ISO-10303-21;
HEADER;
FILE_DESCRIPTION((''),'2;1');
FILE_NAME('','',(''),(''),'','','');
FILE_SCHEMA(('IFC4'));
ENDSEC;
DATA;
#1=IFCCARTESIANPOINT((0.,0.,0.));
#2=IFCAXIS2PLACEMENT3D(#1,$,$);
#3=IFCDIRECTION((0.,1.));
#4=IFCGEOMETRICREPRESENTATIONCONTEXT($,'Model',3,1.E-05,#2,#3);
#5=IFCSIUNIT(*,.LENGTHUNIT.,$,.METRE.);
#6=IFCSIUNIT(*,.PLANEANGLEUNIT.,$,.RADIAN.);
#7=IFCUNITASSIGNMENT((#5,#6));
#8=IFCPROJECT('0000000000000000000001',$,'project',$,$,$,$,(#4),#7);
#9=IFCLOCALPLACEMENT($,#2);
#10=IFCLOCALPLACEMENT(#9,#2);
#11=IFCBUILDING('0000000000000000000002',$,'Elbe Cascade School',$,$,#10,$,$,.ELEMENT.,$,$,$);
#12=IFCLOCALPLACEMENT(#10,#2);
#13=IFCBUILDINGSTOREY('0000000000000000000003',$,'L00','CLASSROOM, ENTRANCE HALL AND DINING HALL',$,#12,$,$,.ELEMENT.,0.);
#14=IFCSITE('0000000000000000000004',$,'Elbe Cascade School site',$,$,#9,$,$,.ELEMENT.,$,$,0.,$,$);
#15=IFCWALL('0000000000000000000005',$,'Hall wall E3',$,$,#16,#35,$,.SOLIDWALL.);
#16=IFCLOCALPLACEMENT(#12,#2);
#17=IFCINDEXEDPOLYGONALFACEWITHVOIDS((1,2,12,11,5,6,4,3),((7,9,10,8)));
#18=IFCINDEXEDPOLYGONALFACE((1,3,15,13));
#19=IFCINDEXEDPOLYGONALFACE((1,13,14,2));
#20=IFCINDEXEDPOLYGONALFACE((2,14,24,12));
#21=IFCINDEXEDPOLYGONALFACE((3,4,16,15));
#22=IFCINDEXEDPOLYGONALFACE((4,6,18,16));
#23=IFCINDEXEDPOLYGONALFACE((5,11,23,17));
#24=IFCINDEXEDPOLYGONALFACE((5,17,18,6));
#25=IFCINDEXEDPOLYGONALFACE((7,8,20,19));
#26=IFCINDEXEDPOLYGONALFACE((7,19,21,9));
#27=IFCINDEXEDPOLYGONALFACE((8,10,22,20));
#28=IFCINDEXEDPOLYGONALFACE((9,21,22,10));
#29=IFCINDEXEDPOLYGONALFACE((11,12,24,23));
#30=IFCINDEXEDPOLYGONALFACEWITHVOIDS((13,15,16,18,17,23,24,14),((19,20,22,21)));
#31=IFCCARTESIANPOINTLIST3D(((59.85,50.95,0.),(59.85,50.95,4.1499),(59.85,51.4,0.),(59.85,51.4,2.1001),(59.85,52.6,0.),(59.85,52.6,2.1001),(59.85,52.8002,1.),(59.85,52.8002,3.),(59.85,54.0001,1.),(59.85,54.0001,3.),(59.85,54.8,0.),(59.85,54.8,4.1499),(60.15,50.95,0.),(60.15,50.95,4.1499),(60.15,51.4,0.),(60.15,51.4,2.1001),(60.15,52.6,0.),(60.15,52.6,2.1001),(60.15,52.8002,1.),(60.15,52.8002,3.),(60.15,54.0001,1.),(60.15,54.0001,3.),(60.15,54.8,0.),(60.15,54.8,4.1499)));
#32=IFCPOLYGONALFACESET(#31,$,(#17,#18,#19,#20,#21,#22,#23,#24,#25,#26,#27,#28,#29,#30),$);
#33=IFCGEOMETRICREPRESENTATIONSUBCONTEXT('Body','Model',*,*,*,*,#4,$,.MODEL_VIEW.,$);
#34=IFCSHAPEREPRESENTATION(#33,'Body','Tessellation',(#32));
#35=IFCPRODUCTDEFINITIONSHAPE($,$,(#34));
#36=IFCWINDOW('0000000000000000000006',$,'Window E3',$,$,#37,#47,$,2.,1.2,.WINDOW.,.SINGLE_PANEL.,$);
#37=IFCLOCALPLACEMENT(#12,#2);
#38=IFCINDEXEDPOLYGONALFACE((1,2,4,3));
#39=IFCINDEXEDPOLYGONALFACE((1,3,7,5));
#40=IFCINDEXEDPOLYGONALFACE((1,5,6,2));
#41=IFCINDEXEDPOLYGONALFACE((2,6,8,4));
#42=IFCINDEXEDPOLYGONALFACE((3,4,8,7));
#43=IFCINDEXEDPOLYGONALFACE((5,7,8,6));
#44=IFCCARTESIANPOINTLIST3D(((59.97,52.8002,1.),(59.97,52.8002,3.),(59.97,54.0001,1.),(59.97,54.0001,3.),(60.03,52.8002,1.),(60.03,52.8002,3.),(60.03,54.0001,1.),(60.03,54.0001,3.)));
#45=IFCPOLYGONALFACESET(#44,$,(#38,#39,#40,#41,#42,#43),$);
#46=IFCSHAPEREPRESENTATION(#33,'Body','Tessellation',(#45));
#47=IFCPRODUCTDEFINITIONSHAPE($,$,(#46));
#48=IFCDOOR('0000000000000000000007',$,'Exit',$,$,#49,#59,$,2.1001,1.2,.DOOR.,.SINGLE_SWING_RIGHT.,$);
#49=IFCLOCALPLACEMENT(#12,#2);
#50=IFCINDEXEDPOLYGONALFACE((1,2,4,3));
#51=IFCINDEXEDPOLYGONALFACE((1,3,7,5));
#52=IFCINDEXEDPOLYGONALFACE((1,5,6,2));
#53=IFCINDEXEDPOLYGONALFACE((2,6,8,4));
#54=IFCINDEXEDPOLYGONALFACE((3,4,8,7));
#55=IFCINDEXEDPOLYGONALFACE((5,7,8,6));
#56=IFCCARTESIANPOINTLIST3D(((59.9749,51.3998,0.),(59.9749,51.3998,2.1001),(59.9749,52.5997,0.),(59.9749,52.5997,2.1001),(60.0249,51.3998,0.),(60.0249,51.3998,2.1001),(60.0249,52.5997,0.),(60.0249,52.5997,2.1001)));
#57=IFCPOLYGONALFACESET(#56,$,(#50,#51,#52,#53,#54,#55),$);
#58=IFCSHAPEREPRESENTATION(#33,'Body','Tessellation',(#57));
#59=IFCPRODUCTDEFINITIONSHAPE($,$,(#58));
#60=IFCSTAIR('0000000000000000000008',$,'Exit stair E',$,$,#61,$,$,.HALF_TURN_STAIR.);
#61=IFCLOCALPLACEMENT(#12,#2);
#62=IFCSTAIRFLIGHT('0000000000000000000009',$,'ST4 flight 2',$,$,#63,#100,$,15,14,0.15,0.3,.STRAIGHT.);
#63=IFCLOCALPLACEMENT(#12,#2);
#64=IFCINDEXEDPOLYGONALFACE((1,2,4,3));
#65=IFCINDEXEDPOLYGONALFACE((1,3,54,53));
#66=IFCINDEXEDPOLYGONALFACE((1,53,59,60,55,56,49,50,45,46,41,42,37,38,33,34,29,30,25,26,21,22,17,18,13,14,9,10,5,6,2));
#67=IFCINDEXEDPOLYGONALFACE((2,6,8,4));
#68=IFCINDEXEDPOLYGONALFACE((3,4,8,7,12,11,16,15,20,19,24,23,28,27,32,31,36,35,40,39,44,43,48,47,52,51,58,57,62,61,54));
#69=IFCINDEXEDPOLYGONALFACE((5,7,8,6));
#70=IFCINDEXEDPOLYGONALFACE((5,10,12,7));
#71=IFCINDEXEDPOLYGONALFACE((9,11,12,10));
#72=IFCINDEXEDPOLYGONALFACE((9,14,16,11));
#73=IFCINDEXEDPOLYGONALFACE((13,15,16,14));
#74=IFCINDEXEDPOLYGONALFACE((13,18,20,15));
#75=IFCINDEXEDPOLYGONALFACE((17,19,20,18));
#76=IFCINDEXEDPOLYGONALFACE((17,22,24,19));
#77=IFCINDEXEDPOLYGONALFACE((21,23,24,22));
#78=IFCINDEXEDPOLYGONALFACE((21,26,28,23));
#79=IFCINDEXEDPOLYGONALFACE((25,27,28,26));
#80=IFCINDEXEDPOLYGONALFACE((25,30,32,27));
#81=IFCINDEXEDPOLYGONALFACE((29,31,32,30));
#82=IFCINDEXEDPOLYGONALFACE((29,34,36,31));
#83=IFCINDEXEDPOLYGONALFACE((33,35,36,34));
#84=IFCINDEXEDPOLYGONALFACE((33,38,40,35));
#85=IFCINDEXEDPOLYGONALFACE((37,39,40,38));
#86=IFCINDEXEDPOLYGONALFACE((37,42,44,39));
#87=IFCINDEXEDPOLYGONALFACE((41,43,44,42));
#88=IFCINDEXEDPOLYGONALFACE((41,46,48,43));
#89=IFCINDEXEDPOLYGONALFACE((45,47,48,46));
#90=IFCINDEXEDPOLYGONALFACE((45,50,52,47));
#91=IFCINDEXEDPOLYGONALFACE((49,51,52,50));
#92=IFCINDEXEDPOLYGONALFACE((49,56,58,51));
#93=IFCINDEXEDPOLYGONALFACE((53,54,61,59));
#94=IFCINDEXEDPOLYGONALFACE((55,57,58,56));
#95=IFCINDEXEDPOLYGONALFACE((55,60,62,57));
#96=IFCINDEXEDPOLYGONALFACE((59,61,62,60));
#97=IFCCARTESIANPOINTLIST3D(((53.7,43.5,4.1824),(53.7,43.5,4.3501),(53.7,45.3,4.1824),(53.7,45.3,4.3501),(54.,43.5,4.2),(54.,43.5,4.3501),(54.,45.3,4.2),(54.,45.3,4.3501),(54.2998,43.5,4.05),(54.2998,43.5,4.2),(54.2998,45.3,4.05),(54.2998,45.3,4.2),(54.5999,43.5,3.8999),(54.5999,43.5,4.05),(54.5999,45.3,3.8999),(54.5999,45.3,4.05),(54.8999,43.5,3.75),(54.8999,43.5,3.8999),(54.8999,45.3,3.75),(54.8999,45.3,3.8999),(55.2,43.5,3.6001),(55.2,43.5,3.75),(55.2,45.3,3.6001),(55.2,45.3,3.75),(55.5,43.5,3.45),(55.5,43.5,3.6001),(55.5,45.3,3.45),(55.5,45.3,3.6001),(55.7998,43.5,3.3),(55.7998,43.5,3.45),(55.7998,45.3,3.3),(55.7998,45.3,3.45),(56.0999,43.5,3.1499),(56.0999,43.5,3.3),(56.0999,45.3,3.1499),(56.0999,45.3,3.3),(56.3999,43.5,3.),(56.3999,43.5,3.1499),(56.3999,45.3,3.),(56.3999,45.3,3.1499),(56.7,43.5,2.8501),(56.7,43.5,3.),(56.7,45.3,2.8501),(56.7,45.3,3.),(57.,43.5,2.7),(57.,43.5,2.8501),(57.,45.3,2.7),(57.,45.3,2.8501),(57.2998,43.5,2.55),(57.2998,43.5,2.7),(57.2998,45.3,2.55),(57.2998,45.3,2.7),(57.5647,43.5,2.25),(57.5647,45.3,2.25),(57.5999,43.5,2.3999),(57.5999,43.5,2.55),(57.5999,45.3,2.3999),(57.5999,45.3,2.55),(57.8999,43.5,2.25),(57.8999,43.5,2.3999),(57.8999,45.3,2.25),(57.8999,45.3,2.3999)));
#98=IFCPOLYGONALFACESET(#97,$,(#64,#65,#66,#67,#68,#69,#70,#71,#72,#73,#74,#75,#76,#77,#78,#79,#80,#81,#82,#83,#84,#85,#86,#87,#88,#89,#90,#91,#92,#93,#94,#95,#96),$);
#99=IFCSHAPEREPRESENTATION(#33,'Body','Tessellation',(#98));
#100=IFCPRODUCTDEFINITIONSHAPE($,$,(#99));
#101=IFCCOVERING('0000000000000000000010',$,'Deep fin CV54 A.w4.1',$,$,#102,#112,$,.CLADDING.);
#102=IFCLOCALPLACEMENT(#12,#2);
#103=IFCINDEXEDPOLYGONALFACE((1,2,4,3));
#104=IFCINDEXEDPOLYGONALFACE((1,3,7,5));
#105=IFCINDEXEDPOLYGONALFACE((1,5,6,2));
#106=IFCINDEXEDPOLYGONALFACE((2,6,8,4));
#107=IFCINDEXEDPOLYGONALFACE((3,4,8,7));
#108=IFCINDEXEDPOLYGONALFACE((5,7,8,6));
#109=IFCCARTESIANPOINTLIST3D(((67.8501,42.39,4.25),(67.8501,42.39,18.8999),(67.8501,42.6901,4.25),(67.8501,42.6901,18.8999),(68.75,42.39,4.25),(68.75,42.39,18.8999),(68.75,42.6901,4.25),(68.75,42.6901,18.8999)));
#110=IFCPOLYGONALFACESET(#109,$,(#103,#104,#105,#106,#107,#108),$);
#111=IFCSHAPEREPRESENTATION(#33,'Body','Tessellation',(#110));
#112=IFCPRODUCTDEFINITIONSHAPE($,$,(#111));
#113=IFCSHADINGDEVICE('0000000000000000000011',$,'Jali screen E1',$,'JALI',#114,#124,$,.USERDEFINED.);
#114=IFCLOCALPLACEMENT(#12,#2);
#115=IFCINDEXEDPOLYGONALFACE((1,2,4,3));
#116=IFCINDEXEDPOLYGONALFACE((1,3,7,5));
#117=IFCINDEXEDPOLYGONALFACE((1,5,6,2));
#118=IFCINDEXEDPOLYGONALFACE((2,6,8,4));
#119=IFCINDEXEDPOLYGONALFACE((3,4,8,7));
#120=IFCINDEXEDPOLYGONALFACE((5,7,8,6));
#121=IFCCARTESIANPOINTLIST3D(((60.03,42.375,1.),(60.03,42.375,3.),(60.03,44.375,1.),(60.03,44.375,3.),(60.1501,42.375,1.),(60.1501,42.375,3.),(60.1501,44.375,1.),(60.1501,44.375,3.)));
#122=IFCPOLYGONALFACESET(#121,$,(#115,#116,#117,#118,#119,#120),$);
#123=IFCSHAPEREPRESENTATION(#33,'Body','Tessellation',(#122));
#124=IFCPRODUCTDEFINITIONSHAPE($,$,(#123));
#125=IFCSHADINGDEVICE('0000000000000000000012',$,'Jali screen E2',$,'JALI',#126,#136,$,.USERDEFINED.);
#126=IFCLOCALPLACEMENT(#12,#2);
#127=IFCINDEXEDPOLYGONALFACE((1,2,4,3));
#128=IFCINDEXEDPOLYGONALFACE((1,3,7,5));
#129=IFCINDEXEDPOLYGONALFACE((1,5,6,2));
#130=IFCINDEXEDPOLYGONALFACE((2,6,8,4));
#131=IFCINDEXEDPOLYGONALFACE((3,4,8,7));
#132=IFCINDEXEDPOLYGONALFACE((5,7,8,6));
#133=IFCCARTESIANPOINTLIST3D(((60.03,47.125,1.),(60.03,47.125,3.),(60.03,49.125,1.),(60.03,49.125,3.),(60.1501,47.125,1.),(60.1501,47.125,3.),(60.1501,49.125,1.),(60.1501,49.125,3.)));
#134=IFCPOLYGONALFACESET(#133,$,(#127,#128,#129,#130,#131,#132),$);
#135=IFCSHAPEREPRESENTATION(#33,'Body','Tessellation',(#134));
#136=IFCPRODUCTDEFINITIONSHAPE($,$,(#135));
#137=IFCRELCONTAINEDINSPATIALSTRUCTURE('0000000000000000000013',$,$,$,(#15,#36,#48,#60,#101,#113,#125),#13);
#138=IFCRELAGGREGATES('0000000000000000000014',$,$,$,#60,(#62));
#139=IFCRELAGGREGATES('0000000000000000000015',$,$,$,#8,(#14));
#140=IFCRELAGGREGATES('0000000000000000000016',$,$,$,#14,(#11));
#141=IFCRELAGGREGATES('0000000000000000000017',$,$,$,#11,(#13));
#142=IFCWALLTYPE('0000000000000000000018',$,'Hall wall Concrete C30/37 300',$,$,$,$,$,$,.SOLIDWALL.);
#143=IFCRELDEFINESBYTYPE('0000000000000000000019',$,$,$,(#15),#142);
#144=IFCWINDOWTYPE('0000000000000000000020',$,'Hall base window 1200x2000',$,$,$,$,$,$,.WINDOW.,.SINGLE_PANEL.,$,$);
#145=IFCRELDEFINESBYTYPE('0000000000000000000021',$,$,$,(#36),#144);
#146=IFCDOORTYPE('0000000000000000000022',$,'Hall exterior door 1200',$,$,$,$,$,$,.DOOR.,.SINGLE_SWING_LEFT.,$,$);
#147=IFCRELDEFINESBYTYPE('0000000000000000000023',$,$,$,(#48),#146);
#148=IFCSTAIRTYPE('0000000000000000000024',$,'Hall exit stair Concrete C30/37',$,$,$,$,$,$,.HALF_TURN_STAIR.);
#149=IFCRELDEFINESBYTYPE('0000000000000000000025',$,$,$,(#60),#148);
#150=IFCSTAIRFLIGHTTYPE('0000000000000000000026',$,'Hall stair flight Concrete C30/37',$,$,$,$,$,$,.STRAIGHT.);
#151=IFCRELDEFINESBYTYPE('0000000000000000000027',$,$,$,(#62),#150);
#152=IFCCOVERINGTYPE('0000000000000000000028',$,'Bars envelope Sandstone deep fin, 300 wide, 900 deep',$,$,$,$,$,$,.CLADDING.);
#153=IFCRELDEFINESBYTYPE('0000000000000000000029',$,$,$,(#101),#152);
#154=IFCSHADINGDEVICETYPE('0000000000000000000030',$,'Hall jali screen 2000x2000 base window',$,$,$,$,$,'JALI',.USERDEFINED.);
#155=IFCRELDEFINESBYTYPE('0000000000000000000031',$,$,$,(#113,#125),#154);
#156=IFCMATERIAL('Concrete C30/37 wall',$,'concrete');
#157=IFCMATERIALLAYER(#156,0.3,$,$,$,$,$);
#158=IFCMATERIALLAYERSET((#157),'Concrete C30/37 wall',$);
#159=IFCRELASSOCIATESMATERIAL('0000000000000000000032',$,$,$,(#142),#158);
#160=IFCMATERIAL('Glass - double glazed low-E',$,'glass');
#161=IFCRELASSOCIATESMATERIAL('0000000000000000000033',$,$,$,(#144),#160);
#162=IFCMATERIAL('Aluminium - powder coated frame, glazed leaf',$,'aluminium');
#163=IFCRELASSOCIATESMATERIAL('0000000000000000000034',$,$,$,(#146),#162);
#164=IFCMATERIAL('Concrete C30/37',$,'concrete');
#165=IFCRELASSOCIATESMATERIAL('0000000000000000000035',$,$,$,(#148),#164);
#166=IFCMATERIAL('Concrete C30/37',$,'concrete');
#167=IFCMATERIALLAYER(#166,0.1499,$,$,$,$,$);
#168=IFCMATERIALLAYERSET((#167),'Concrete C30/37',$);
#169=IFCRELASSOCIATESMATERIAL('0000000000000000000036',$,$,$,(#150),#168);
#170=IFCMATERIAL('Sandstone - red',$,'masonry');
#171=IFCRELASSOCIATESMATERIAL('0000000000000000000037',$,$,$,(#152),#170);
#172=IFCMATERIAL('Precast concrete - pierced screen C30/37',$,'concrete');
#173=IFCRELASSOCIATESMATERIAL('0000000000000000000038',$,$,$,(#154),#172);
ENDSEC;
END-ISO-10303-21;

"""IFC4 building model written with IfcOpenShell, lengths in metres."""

from ifc_helpers import new_model, si_unit, direction, frame, frame_2d, origin, origin_2d, place, context, subcontext, project, spatial, polyline, rectangle, outline, extrude, material, layer, layer_set, type_object, element, fill, aggregate, save


model = new_model("IFC4")

# Units and contexts
model_context = context("Model", 3, precision=1e-05, world=origin(), true_north=direction((0.0, 1.0)))
body_context = subcontext(model_context, "Body", "Model", "MODEL_VIEW")
ifc_project = project(units=[si_unit("LENGTHUNIT", "METRE"), si_unit("PLANEANGLEUNIT", "RADIAN")], contexts=[model_context])

# Site, building, storey
site_placement = place(None, origin())
site = spatial("IfcSite", under=ifc_project, at=site_placement, Name="Elbe Cascade School site", CompositionType="ELEMENT", RefElevation=0.0)
building_placement = place(site_placement, origin())
building = spatial("IfcBuilding", under=site, at=building_placement, Name="Elbe Cascade School", CompositionType="ELEMENT")
storey_placement = place(building_placement, origin())
storey = spatial("IfcBuildingStorey", under=building, at=storey_placement, Name="L00", Description="CLASSROOM, ENTRANCE HALL AND DINING HALL", CompositionType="ELEMENT", Elevation=0.0)

# Shared definitions
ifc_material_1 = material(Name="Concrete C30/37 wall", Category="concrete")
ifc_layer_1 = layer(ifc_material_1, 0.3)
ifc_layer_set_1 = layer_set([ifc_layer_1], Name="Concrete C30/37 wall")
wall_type = type_object("IfcWallType", Name="Hall wall Concrete C30/37 300", PredefinedType="SOLIDWALL", material=ifc_layer_set_1)

# Wall, openings, window, door
wall_1_placement = place(storey_placement, frame((60.0, 50.95, 0.0), z_axis=(0.0, 0.0, 1.0), x_axis=(0.0, 1.0, 0.0)))
wall_1 = element("IfcWall", 1, at=wall_1_placement, inside=storey, type_object=wall_type, Name="Hall wall E3", PredefinedType="SOLIDWALL", context=body_context, shape_type="SweptSolid", body=[
    extrude(rectangle(XDim=3.8501, YDim=0.3, at=frame_2d((1.925, 0.0))), origin(), (0.0, 0.0, 1.0), 4.1499),
])
opening_1_placement = place(wall_1_placement, frame((1.8501, 0.0, 1.0)))
opening_1 = element("IfcOpeningElement", 2, at=opening_1_placement, cuts=wall_1, PredefinedType="OPENING", context=body_context, shape_type="SweptSolid", body=[
    extrude(rectangle(XDim=1.2, YDim=2.0, at=frame_2d((0.6001, 1.0))), frame((0.0, 0.1599, 0.0), z_axis=(0.0, -1.0, 0.0), x_axis=(1.0, 0.0, 0.0)), (0.0, 0.0, 1.0), 0.3201),
])
opening_2_placement = place(wall_1_placement, frame((0.45, 0.0, 0.0)))
opening_2 = element("IfcOpeningElement", 3, at=opening_2_placement, cuts=wall_1, PredefinedType="OPENING", context=body_context, shape_type="SweptSolid", body=[
    extrude(rectangle(XDim=1.2, YDim=2.1001, at=frame_2d((0.6001, 1.05))), frame((0.0, 0.1599, 0.0), z_axis=(0.0, -1.0, 0.0), x_axis=(1.0, 0.0, 0.0)), (0.0, 0.0, 1.0), 0.3201),
])
ifc_material_2 = material(Name="Glass - double glazed low-E", Category="glass")
window_type_1 = type_object("IfcWindowType", Name="Hall base window 1200x2000", PartitioningType="SINGLE_PANEL", PredefinedType="WINDOW", material=ifc_material_2)
window_1_placement = place(opening_1_placement, origin())
window_1 = element("IfcWindow", 4, at=window_1_placement, inside=storey, type_object=window_type_1, Name="Window E3", OverallHeight=2.0, OverallWidth=1.2, PartitioningType="SINGLE_PANEL", PredefinedType="WINDOW", context=body_context, shape_type="SweptSolid", body=[
    extrude(rectangle(XDim=1.2, YDim=2.0, at=frame_2d((0.6001, 1.0))), frame((0.0, 0.03, 0.0), z_axis=(0.0, -1.0, 0.0), x_axis=(1.0, 0.0, 0.0)), (0.0, 0.0, 1.0), 0.0601),
])
fill(opening_1, window_1)
ifc_material_3 = material(Name="Aluminium - powder coated frame, glazed leaf", Category="aluminium")
door_type = type_object("IfcDoorType", Name="Hall exterior door 1200", OperationType="SINGLE_SWING_LEFT", PredefinedType="DOOR", material=ifc_material_3)
door_placement = place(opening_2_placement, frame((1.2, 0.0, 0.0), z_axis=(0.0, 0.0, 1.0), x_axis=(-1.0, 0.0, 0.0)))
door = element("IfcDoor", 5, at=door_placement, inside=storey, type_object=door_type, Name="Exit", OperationType="SINGLE_SWING_RIGHT", OverallHeight=2.1001, OverallWidth=1.2, PredefinedType="DOOR", context=body_context, shape_type="SweptSolid", body=[
    extrude(rectangle(XDim=1.2, YDim=2.1001, at=frame_2d((0.6001, 1.05))), frame((0.0, 0.0249, 0.0), z_axis=(0.0, -1.0, 0.0), x_axis=(1.0, 0.0, 0.0)), (0.0, 0.0, 1.0), 0.05),
])
fill(opening_2, door)

# Stair, stair flight
ifc_material_4 = material(Name="Concrete C30/37", Category="concrete")
stair_type = type_object("IfcStairType", Name="Hall exit stair Concrete C30/37", PredefinedType="HALF_TURN_STAIR", material=ifc_material_4)
stair_placement = place(storey_placement, origin())
stair = element("IfcStair", 6, at=stair_placement, inside=storey, type_object=stair_type, Name="Exit stair E", PredefinedType="HALF_TURN_STAIR")
ifc_material_5 = material(Name="Concrete C30/37", Category="concrete")
ifc_layer_2 = layer(ifc_material_5, 0.1499)
ifc_layer_set_2 = layer_set([ifc_layer_2], Name="Concrete C30/37")
stair_flight_type = type_object("IfcStairFlightType", Name="Hall stair flight Concrete C30/37", PredefinedType="STRAIGHT", material=ifc_layer_set_2)
stair_flight_placement = place(storey_placement, frame((57.8999, 44.3999, 2.25), z_axis=(0.0, 0.0, 1.0), x_axis=(-1.0, 0.0, 0.0)))
stair_flight = element("IfcStairFlight", 7, at=stair_flight_placement, type_object=stair_flight_type, Name="ST4 flight 2", NumberOfRisers=15, NumberOfTreads=14, PredefinedType="STRAIGHT", RiserHeight=0.15, TreadLength=0.3, context=body_context, shape_type="SweptSolid", body=[
    extrude(outline(polyline([(0.0, 0.0), (0.0, 0.1499), (0.3, 0.1499), (0.3, 0.3), (0.6001, 0.3), (0.6001, 0.45), (0.8999, 0.45), (0.8999, 0.6001), (1.2, 0.6001), (1.2, 0.75), (1.5, 0.75), (1.5, 0.8999), (1.8, 0.8999), (1.8, 1.05), (2.1001, 1.05), (2.1001, 1.2), (2.3999, 1.2), (2.3999, 1.3501), (2.7, 1.3501), (2.7, 1.5), (3.0, 1.5), (3.0, 1.6499), (3.3, 1.6499), (3.3, 1.8), (3.6001, 1.8), (3.6001, 1.95), (3.8999, 1.95), (3.8999, 2.1001), (4.2, 2.1001), (4.2, 2.25), (4.2, 1.9324), (0.3352, 0.0), (0.0, 0.0)])), frame((0.0, 0.8999, 0.0), z_axis=(0.0, -1.0, 0.0), x_axis=(1.0, 0.0, 0.0)), (0.0, 0.0, 1.0), 1.8),
])
aggregate(stair, [stair_flight])

# Covering
ifc_material_6 = material(Name="Sandstone - red", Category="masonry")
covering_type = type_object("IfcCoveringType", Name="Bars envelope Sandstone deep fin, 300 wide, 900 deep", PredefinedType="CLADDING", material=ifc_material_6)
covering_placement = place(storey_placement, frame((68.3, 42.54, 4.25), z_axis=(0.0, 0.0, 1.0), x_axis=(0.0, 1.0, 0.0)))
element("IfcCovering", 8, at=covering_placement, inside=storey, type_object=covering_type, Name="Deep fin CV54 A.w4.1", PredefinedType="CLADDING", context=body_context, shape_type="SweptSolid", body=[
    extrude(rectangle(XDim=0.3, YDim=0.8999, at=origin_2d()), origin(), (0.0, 0.0, 1.0), 14.6499),
])

# Shading devices
ifc_material_7 = material(Name="Precast concrete - pierced screen C30/37", Category="concrete")
shading_device_type = type_object("IfcShadingDeviceType", Name="Hall jali screen 2000x2000 base window", ElementType="JALI", PredefinedType="USERDEFINED", material=ifc_material_7)
for number, where, z_axis, x_axis, name in (
    (9, (60.0901, 43.375, 1.0), (0.0, 0.0, 1.0), (1.0, 0.0, 0.0), "Jali screen E1"),
    (10, (60.0901, 48.125, 1.0), (0.0, 0.0, 1.0), (1.0, 0.0, 0.0), "Jali screen E2"),
):
    element("IfcShadingDevice", number, at=place(storey_placement, frame(where, z_axis=z_axis, x_axis=x_axis)), inside=storey, type_object=shading_device_type, Name=name, ObjectType="JALI", PredefinedType="USERDEFINED", context=body_context, shape_type="SweptSolid", body=[
        extrude(rectangle(XDim=0.1201, YDim=2.0, at=origin_2d()), origin(), (0.0, 0.0, 1.0), 2.0),
    ])

save(model, "model.ifc")
